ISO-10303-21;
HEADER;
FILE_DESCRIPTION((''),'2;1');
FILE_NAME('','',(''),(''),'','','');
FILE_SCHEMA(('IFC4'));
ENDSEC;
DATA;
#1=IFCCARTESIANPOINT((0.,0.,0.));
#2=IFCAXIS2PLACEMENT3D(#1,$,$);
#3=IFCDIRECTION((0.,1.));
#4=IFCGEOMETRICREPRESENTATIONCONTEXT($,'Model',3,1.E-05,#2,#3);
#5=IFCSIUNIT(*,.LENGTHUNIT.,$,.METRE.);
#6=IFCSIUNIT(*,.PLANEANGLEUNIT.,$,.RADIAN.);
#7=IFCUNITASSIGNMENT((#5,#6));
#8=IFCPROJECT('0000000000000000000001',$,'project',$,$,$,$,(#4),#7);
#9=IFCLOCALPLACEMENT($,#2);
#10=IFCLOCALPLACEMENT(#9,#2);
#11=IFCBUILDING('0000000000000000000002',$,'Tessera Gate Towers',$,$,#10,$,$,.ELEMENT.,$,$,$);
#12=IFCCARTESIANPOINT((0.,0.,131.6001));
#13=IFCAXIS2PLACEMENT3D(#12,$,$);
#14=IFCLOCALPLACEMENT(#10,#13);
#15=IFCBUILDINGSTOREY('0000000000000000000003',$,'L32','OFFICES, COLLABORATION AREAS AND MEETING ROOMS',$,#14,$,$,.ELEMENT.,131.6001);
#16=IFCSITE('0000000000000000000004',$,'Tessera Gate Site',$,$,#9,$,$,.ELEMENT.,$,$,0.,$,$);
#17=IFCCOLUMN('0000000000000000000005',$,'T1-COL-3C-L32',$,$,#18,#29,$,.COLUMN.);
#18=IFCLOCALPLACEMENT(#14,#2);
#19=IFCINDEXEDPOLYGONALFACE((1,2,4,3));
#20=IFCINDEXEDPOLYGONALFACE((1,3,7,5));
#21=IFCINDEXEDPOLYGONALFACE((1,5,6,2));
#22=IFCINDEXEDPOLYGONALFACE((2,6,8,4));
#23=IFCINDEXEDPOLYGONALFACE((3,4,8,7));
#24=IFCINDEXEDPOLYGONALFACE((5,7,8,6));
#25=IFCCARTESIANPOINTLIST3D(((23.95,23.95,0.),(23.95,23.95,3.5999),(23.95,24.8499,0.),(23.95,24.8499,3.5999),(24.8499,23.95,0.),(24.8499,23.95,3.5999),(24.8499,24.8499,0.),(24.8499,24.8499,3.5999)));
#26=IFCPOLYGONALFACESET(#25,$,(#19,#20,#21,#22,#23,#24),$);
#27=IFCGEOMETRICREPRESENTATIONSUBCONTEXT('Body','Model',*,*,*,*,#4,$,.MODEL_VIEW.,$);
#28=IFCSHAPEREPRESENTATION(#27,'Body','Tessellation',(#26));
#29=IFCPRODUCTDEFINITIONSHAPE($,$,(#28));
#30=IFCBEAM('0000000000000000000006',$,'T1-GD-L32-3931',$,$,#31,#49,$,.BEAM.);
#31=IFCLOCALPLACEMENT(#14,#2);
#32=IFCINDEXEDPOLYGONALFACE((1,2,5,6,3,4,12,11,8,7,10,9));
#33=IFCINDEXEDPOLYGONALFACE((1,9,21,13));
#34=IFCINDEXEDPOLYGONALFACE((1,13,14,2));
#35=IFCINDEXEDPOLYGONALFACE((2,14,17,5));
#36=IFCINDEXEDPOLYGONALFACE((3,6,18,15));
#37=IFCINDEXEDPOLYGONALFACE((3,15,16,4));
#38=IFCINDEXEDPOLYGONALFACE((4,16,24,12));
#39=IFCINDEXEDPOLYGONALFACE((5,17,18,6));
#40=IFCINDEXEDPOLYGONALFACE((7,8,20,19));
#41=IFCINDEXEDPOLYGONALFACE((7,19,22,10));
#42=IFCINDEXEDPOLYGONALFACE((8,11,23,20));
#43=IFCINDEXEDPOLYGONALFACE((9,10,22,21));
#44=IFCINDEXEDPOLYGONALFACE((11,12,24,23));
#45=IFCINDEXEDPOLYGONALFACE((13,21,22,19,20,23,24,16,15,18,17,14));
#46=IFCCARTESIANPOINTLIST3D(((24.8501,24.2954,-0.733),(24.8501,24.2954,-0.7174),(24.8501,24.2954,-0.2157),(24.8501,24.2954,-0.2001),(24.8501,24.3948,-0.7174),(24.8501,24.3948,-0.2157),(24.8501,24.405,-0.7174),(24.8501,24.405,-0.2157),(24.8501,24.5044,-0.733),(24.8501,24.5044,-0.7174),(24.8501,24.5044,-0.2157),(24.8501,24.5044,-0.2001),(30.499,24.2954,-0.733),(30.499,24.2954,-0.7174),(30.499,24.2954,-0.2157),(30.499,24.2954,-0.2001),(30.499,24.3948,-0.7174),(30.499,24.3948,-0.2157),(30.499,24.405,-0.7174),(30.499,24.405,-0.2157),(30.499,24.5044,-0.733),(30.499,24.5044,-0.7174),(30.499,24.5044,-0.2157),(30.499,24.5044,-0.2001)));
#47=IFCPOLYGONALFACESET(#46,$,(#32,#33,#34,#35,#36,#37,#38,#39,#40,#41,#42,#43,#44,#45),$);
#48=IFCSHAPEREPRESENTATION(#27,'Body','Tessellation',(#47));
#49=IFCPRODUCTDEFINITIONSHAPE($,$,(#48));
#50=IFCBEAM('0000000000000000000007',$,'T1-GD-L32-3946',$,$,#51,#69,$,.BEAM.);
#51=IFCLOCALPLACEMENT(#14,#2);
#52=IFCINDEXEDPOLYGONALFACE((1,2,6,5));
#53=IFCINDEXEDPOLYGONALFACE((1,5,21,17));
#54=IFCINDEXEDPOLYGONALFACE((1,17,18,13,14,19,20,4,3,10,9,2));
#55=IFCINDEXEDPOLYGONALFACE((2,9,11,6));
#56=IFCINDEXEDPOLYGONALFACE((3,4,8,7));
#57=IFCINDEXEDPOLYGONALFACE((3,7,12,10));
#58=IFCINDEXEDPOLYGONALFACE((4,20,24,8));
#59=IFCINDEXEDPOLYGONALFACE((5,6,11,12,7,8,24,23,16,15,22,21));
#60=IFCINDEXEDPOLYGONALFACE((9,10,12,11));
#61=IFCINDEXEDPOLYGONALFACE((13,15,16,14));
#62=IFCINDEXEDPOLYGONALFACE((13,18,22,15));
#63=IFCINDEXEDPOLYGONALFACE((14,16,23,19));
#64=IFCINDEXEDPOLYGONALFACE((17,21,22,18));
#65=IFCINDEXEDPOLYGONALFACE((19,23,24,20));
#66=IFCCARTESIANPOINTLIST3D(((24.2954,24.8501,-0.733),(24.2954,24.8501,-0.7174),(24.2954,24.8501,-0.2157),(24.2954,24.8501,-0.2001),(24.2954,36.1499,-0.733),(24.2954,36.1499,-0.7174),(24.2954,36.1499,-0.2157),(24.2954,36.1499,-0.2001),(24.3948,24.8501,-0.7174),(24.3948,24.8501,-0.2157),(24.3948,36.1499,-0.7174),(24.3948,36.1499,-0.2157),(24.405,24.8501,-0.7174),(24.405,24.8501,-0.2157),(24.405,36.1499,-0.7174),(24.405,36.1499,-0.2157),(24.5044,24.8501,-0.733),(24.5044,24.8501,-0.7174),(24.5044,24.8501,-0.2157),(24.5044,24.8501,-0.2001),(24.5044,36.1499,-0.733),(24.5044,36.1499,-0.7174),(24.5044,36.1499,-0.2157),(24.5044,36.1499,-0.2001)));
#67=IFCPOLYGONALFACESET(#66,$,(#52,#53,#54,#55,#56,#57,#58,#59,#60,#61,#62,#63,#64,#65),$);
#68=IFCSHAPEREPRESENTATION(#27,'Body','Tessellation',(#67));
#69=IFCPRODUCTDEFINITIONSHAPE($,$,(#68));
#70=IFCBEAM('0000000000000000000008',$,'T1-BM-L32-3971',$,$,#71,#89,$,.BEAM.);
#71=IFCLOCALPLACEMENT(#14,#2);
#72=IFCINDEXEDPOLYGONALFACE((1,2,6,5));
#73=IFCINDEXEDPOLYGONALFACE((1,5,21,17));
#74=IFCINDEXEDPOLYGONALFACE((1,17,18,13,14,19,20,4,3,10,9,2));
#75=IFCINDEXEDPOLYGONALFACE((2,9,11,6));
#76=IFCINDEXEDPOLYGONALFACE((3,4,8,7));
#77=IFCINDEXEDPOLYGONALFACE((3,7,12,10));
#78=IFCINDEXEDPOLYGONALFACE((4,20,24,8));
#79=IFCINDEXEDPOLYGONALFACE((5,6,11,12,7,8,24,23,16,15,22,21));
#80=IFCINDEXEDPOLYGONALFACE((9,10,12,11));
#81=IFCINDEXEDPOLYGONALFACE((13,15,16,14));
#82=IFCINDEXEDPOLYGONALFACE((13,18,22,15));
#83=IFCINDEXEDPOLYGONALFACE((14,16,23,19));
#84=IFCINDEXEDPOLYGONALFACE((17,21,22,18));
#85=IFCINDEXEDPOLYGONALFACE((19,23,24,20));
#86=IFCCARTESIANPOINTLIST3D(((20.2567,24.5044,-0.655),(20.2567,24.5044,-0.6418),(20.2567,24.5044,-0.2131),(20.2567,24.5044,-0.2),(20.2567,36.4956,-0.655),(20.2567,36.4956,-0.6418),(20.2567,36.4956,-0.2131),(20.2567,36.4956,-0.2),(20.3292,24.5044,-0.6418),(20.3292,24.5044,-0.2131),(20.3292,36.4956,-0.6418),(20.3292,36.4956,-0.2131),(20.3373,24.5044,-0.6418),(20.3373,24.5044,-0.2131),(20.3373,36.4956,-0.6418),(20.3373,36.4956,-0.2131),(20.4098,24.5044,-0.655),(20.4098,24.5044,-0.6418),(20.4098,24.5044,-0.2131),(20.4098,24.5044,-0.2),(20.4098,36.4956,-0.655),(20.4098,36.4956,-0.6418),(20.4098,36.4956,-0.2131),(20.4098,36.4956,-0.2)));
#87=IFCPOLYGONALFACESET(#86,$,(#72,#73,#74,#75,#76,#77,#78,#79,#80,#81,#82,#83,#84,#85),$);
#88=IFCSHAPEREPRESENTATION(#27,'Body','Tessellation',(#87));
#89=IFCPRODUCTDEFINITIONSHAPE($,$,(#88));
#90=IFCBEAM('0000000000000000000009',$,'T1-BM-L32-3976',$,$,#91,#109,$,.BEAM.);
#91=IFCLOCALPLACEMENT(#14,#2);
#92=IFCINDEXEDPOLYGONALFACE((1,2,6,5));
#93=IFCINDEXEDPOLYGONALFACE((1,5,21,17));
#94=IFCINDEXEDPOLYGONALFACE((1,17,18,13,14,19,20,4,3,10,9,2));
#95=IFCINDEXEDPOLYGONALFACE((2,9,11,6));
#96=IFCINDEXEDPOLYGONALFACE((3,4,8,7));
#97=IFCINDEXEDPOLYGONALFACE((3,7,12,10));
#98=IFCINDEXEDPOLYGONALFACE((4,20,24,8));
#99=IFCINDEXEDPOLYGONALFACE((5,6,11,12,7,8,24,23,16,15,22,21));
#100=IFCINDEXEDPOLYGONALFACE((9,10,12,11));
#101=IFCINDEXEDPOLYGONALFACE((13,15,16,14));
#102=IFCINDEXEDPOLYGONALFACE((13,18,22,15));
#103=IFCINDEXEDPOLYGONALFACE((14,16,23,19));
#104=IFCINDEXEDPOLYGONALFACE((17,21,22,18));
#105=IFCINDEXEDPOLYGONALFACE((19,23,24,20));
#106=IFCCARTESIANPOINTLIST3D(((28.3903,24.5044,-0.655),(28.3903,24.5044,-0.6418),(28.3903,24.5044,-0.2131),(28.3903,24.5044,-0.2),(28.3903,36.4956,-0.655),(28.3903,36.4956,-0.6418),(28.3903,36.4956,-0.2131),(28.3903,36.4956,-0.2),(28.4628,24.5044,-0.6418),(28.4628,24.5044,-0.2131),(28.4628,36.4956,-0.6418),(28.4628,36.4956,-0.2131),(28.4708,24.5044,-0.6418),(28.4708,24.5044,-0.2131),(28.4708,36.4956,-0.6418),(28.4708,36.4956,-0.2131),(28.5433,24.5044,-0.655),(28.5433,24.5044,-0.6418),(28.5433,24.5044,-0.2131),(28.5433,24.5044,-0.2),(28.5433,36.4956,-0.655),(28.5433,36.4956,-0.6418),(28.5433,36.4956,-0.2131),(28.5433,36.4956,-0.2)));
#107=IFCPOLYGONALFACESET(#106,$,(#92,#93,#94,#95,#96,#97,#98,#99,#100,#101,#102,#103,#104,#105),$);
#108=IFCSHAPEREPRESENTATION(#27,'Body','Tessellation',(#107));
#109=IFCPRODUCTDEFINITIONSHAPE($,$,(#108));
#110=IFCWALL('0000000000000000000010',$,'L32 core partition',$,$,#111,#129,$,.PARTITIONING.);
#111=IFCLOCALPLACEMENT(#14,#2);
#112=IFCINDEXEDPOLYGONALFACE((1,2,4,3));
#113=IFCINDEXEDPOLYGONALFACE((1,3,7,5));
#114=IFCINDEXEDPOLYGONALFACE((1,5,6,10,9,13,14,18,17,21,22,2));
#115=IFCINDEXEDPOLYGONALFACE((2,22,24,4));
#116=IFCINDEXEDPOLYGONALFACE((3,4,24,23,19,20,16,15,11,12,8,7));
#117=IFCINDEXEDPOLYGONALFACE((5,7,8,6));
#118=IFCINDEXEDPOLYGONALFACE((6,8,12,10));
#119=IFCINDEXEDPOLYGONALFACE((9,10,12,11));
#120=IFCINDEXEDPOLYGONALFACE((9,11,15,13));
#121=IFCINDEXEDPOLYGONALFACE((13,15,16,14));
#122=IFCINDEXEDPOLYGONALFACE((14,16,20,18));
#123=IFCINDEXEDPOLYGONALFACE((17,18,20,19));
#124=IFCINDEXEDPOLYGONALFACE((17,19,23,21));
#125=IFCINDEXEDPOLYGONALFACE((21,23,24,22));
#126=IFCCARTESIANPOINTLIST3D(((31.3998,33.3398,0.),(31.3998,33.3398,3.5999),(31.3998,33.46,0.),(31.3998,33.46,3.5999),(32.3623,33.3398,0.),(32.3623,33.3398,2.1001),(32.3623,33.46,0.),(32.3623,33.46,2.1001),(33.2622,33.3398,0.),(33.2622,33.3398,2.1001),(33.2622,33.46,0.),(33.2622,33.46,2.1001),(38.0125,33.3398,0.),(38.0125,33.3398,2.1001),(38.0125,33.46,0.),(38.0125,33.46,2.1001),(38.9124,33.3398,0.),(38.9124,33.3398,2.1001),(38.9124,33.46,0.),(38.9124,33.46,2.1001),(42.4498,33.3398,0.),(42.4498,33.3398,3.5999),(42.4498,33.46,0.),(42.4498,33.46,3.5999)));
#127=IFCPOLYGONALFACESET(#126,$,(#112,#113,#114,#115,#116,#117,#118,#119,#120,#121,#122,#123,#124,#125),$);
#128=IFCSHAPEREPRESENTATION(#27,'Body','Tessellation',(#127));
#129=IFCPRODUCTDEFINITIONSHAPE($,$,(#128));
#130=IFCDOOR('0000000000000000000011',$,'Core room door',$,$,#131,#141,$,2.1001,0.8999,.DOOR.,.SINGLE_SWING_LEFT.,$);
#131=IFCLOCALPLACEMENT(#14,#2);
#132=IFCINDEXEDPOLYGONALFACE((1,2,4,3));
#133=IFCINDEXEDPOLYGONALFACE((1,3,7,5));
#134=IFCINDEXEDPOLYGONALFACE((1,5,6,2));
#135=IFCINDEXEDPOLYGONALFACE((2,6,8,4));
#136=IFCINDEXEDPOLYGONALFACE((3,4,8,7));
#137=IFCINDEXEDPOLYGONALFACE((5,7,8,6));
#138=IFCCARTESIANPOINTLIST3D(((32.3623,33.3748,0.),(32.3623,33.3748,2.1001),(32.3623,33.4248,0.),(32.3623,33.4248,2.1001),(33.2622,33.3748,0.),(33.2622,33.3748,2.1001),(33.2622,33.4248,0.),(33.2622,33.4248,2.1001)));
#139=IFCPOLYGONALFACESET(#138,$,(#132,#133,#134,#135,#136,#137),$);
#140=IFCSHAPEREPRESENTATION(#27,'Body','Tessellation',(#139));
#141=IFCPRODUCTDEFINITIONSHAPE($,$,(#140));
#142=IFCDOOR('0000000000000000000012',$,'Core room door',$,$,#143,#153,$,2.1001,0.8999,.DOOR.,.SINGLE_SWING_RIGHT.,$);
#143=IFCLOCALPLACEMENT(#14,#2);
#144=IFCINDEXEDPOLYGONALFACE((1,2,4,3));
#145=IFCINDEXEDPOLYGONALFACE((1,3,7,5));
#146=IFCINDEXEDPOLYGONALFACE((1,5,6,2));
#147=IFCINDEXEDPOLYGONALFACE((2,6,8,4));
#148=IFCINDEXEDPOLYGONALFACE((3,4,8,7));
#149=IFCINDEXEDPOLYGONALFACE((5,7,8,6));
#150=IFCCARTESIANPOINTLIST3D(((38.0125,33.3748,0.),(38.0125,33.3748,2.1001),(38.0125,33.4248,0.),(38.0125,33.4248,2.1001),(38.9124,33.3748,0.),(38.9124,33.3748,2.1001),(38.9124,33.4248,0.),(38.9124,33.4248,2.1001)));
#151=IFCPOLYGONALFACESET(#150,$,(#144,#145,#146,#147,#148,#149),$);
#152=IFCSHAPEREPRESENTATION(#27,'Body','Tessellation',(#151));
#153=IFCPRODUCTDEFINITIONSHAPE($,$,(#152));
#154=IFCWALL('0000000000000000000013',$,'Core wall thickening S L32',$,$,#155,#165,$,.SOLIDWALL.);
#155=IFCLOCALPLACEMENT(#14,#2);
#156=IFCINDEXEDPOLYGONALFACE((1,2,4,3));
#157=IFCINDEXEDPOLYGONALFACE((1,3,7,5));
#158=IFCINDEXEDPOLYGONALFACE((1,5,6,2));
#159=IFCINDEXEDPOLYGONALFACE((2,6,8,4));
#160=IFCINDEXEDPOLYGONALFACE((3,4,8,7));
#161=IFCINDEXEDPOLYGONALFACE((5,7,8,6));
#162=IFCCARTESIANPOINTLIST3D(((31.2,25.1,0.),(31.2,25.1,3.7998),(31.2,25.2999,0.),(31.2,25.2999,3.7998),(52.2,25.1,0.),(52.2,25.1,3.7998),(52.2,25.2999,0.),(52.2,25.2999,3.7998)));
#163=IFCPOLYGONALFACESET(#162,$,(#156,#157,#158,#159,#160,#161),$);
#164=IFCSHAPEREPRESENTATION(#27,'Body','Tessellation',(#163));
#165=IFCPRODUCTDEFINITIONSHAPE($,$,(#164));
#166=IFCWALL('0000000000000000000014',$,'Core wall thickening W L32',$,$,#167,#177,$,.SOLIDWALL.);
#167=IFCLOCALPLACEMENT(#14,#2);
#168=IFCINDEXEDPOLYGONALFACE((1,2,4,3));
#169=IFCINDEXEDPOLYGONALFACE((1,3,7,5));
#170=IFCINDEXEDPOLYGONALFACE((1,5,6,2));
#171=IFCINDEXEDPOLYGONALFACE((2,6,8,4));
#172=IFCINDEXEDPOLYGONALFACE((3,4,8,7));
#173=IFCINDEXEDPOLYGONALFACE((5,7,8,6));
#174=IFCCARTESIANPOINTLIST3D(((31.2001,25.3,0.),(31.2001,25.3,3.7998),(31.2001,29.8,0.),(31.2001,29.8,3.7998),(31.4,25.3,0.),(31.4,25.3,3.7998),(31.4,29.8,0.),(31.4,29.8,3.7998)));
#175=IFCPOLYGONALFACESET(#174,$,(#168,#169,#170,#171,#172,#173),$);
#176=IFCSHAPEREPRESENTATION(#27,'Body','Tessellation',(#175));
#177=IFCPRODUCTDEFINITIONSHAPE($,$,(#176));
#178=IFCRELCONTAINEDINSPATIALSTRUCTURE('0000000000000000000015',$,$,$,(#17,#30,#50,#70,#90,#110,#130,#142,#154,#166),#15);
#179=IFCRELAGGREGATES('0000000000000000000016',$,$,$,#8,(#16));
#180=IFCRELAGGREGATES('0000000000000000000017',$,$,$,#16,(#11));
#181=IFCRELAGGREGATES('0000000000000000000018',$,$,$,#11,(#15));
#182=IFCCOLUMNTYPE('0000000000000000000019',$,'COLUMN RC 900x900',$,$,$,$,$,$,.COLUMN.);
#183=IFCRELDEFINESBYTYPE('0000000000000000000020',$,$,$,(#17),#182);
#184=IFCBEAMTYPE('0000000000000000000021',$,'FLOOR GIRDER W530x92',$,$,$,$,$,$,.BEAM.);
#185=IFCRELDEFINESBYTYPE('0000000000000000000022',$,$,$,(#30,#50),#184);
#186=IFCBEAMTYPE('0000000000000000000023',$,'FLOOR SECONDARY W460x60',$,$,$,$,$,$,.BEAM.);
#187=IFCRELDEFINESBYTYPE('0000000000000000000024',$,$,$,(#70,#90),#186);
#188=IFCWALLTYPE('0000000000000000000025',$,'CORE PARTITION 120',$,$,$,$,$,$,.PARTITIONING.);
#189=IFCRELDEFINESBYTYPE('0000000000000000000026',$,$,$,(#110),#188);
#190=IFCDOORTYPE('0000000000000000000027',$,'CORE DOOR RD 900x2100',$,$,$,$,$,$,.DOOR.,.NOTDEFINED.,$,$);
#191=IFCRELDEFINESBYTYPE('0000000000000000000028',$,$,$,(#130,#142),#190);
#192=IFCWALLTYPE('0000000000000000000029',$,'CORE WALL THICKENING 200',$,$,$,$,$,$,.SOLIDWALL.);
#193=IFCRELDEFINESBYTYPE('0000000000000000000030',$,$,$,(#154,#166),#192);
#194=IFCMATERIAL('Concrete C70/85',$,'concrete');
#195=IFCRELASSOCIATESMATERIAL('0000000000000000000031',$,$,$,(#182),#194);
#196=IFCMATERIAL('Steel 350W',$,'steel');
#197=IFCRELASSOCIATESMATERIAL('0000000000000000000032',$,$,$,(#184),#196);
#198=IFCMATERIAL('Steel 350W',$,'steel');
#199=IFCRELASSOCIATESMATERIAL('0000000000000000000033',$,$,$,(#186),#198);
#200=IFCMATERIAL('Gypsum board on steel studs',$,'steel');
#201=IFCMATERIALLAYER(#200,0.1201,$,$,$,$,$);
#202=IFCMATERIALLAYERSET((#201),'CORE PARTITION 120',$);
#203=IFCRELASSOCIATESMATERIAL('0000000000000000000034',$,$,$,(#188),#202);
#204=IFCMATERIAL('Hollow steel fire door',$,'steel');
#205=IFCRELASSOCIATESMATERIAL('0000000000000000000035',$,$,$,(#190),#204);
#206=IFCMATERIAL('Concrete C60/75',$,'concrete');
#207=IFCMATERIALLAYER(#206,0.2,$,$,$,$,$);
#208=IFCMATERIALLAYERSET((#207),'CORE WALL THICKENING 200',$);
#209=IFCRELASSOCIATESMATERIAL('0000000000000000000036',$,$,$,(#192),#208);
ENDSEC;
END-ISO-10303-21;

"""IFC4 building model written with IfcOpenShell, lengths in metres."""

from ifc_helpers import new_model, si_unit, direction, frame, frame_2d, origin, origin_2d, place, context, subcontext, project, spatial, rectangle, i_section, extrude, source, transform, mapped, material, layer, layer_set, material_profile, profile_set, type_object, element, fill, save


model = new_model("IFC4")

# Units and contexts
model_context = context("Model", 3, precision=1e-05, world=origin(), true_north=direction((0.0, 1.0)))
body_context = subcontext(model_context, "Body", "Model", "MODEL_VIEW")
ifc_project = project(units=[si_unit("LENGTHUNIT", "METRE"), si_unit("PLANEANGLEUNIT", "RADIAN")], contexts=[model_context])

# Site, building, storey
site_placement = place(None, origin())
site = spatial("IfcSite", under=ifc_project, at=site_placement, Name="Tessera Gate Site", CompositionType="ELEMENT", RefElevation=0.0)
building_placement = place(site_placement, origin())
building = spatial("IfcBuilding", under=site, at=building_placement, Name="Tessera Gate Towers", CompositionType="ELEMENT")
storey_placement = place(building_placement, frame((0.0, 0.0, 131.6001)))
storey = spatial("IfcBuildingStorey", under=building, at=storey_placement, Name="L32", Description="OFFICES, COLLABORATION AREAS AND MEETING ROOMS", CompositionType="ELEMENT", Elevation=131.6001)

# Column
ifc_material_1 = material(Name="Concrete C70/85", Category="concrete")
ifc_material_profile_1 = material_profile(ifc_material_1, rectangle(XDim=0.8999, YDim=0.8999, at=origin_2d()), Name="RC 900x900")
ifc_profile_set_1 = profile_set([ifc_material_profile_1], Name="Concrete C70/85")
column_type = type_object("IfcColumnType", Name="COLUMN RC 900x900", PredefinedType="COLUMN", material=ifc_profile_set_1)
column_placement = place(storey_placement, frame((24.3999, 24.3999, 0.0), z_axis=(0.0, 0.0, 1.0), x_axis=(1.0, 0.0, 0.0)))
element("IfcColumn", 1, at=column_placement, inside=storey, type_object=column_type, Name="T1-COL-3C-L32", PredefinedType="COLUMN", context=body_context, shape_type="SweptSolid", body=[
    extrude(rectangle(XDim=0.8999, YDim=0.8999, at=origin_2d()), origin(), (0.0, 0.0, 1.0), 3.5999),
])

# Beams
ifc_material_2 = material(Name="Steel 350W", Category="steel")
ifc_material_profile_2 = material_profile(ifc_material_2, i_section(OverallWidth=0.209, OverallDepth=0.533, WebThickness=0.0103, FlangeThickness=0.0156, at=origin_2d()), Name="W530x92")
ifc_profile_set_2 = profile_set([ifc_material_profile_2], Name="Steel 350W")
beam_type_1 = type_object("IfcBeamType", Name="FLOOR GIRDER W530x92", PredefinedType="BEAM", material=ifc_profile_set_2)
beam_1_placement = place(storey_placement, frame((24.8501, 24.3999, -0.4666), z_axis=(1.0, 0.0, 0.0), x_axis=(0.0, 1.0, 0.0)))
element("IfcBeam", 2, at=beam_1_placement, inside=storey, type_object=beam_type_1, Name="T1-GD-L32-3931", PredefinedType="BEAM", context=body_context, shape_type="SweptSolid", body=[
    extrude(i_section(OverallWidth=0.209, OverallDepth=0.533, WebThickness=0.0103, FlangeThickness=0.0156, at=origin_2d()), origin(), (0.0, 0.0, 1.0), 5.6489),
])
beam_2_placement = place(storey_placement, frame((24.3999, 24.8501, -0.4666), z_axis=(0.0, 1.0, 0.0), x_axis=(-1.0, 0.0, 0.0)))
element("IfcBeam", 3, at=beam_2_placement, inside=storey, type_object=beam_type_1, Name="T1-GD-L32-3946", PredefinedType="BEAM", context=body_context, shape_type="SweptSolid", body=[
    extrude(i_section(OverallWidth=0.209, OverallDepth=0.533, WebThickness=0.0103, FlangeThickness=0.0156, at=origin_2d()), origin(), (0.0, 0.0, 1.0), 11.2998),
])
ifc_material_3 = material(Name="Steel 350W", Category="steel")
ifc_material_profile_3 = material_profile(ifc_material_3, i_section(OverallWidth=0.1531, OverallDepth=0.4551, WebThickness=0.0081, FlangeThickness=0.0132, at=origin_2d()), Name="W460x60")
ifc_profile_set_3 = profile_set([ifc_material_profile_3], Name="Steel 350W")
beam_type_2 = type_object("IfcBeamType", Name="FLOOR SECONDARY W460x60", PredefinedType="BEAM", material=ifc_profile_set_3)
for number, where, z_axis, x_axis, name in (
    (4, (20.3333, 24.5044, -0.4275), (0.0, 1.0, 0.0), (-1.0, 0.0, 0.0), "T1-BM-L32-3971"),
    (5, (28.4668, 24.5044, -0.4275), (0.0, 1.0, 0.0), (-1.0, 0.0, 0.0), "T1-BM-L32-3976"),
):
    element("IfcBeam", number, at=place(storey_placement, frame(where, z_axis=z_axis, x_axis=x_axis)), inside=storey, type_object=beam_type_2, Name=name, PredefinedType="BEAM", context=body_context, shape_type="SweptSolid", body=[
        extrude(i_section(OverallWidth=0.1531, OverallDepth=0.4551, WebThickness=0.0081, FlangeThickness=0.0132, at=origin_2d()), origin(), (0.0, 0.0, 1.0), 11.9912),
    ])

# Wall, openings, doors
ifc_material_4 = material(Name="Gypsum board on steel studs", Category="steel")
ifc_layer_1 = layer(ifc_material_4, 0.1201)
ifc_layer_set_1 = layer_set([ifc_layer_1], Name="CORE PARTITION 120")
wall_type_1 = type_object("IfcWallType", Name="CORE PARTITION 120", PredefinedType="PARTITIONING", material=ifc_layer_set_1)
wall_1_placement = place(storey_placement, frame((31.3999, 33.3999, 0.0), z_axis=(0.0, 0.0, 1.0), x_axis=(1.0, 0.0, 0.0)))
wall_1 = element("IfcWall", 6, at=wall_1_placement, inside=storey, type_object=wall_type_1, Name="L32 core partition", PredefinedType="PARTITIONING", context=body_context, shape_type="SweptSolid", body=[
    extrude(rectangle(XDim=11.05, YDim=0.1201, at=frame_2d((5.5249, 0.0))), origin(), (0.0, 0.0, 1.0), 3.5999),
])
shared_shape_1 = source(origin(), body_context, "Body", "SweptSolid", [
    extrude(rectangle(XDim=0.8999, YDim=2.1001, at=frame_2d((0.45, 1.05))), frame((0.0, 0.0701, 0.0), z_axis=(0.0, -1.0, 0.0), x_axis=(1.0, 0.0, 0.0)), (0.0, 0.0, 1.0), 0.1401),
])
opening_1_placement = place(wall_1_placement, frame((0.9624, 0.0, 0.0)))
opening_1 = element("IfcOpeningElement", 7, at=opening_1_placement, cuts=wall_1, PredefinedType="OPENING", context=body_context, shape_type="MappedRepresentation", body=[
    mapped(shared_shape_1, transform((0.0, 0.0, 0.0), scale=1.0)),
])
opening_2_placement = place(wall_1_placement, frame((6.6125, 0.0, 0.0)))
opening_2 = element("IfcOpeningElement", 8, at=opening_2_placement, cuts=wall_1, PredefinedType="OPENING", context=body_context, shape_type="MappedRepresentation", body=[
    mapped(shared_shape_1, transform((0.0, 0.0, 0.0), scale=1.0)),
])
ifc_material_5 = material(Name="Hollow steel fire door", Category="steel")
door_type_1 = type_object("IfcDoorType", Name="CORE DOOR RD 900x2100", OperationType="NOTDEFINED", PredefinedType="DOOR", material=ifc_material_5)
shared_shape_2 = source(origin(), body_context, "Body", "SweptSolid", [
    extrude(rectangle(XDim=0.8999, YDim=2.1001, at=frame_2d((0.45, 1.05))), frame((0.0, 0.0249, 0.0), z_axis=(0.0, -1.0, 0.0), x_axis=(1.0, 0.0, 0.0)), (0.0, 0.0, 1.0), 0.05),
])
door_1_placement = place(opening_1_placement, origin())
door_1 = element("IfcDoor", 9, at=door_1_placement, inside=storey, type_object=door_type_1, Name="Core room door", OperationType="SINGLE_SWING_LEFT", OverallHeight=2.1001, OverallWidth=0.8999, PredefinedType="DOOR", context=body_context, shape_type="MappedRepresentation", body=[
    mapped(shared_shape_2, transform((0.0, 0.0, 0.0), scale=1.0)),
])
fill(opening_1, door_1)
door_2_placement = place(opening_2_placement, origin())
door_2 = element("IfcDoor", 10, at=door_2_placement, inside=storey, type_object=door_type_1, Name="Core room door", OperationType="SINGLE_SWING_RIGHT", OverallHeight=2.1001, OverallWidth=0.8999, PredefinedType="DOOR", context=body_context, shape_type="MappedRepresentation", body=[
    mapped(shared_shape_2, transform((0.0, 0.0, 0.0), scale=1.0)),
])
fill(opening_2, door_2)

# Walls
ifc_material_6 = material(Name="Concrete C60/75", Category="concrete")
ifc_layer_2 = layer(ifc_material_6, 0.2)
ifc_layer_set_2 = layer_set([ifc_layer_2], Name="CORE WALL THICKENING 200")
wall_type_2 = type_object("IfcWallType", Name="CORE WALL THICKENING 200", PredefinedType="SOLIDWALL", material=ifc_layer_set_2)
wall_2_placement = place(storey_placement, frame((31.2, 25.2, 0.0), z_axis=(0.0, 0.0, 1.0), x_axis=(1.0, 0.0, 0.0)))
element("IfcWall", 11, at=wall_2_placement, inside=storey, type_object=wall_type_2, Name="Core wall thickening S L32", PredefinedType="SOLIDWALL", context=body_context, shape_type="SweptSolid", body=[
    extrude(rectangle(XDim=21.0, YDim=0.2, at=frame_2d((10.5, 0.0))), origin(), (0.0, 0.0, 1.0), 3.7998),
])
wall_3_placement = place(storey_placement, frame((31.3, 25.3, 0.0), z_axis=(0.0, 0.0, 1.0), x_axis=(0.0, 1.0, 0.0)))
element("IfcWall", 12, at=wall_3_placement, inside=storey, type_object=wall_type_2, Name="Core wall thickening W L32", PredefinedType="SOLIDWALL", context=body_context, shape_type="SweptSolid", body=[
    extrude(rectangle(XDim=4.5, YDim=0.2, at=frame_2d((2.25, 0.0))), origin(), (0.0, 0.0, 1.0), 3.7998),
])

save(model, "model.ifc")
